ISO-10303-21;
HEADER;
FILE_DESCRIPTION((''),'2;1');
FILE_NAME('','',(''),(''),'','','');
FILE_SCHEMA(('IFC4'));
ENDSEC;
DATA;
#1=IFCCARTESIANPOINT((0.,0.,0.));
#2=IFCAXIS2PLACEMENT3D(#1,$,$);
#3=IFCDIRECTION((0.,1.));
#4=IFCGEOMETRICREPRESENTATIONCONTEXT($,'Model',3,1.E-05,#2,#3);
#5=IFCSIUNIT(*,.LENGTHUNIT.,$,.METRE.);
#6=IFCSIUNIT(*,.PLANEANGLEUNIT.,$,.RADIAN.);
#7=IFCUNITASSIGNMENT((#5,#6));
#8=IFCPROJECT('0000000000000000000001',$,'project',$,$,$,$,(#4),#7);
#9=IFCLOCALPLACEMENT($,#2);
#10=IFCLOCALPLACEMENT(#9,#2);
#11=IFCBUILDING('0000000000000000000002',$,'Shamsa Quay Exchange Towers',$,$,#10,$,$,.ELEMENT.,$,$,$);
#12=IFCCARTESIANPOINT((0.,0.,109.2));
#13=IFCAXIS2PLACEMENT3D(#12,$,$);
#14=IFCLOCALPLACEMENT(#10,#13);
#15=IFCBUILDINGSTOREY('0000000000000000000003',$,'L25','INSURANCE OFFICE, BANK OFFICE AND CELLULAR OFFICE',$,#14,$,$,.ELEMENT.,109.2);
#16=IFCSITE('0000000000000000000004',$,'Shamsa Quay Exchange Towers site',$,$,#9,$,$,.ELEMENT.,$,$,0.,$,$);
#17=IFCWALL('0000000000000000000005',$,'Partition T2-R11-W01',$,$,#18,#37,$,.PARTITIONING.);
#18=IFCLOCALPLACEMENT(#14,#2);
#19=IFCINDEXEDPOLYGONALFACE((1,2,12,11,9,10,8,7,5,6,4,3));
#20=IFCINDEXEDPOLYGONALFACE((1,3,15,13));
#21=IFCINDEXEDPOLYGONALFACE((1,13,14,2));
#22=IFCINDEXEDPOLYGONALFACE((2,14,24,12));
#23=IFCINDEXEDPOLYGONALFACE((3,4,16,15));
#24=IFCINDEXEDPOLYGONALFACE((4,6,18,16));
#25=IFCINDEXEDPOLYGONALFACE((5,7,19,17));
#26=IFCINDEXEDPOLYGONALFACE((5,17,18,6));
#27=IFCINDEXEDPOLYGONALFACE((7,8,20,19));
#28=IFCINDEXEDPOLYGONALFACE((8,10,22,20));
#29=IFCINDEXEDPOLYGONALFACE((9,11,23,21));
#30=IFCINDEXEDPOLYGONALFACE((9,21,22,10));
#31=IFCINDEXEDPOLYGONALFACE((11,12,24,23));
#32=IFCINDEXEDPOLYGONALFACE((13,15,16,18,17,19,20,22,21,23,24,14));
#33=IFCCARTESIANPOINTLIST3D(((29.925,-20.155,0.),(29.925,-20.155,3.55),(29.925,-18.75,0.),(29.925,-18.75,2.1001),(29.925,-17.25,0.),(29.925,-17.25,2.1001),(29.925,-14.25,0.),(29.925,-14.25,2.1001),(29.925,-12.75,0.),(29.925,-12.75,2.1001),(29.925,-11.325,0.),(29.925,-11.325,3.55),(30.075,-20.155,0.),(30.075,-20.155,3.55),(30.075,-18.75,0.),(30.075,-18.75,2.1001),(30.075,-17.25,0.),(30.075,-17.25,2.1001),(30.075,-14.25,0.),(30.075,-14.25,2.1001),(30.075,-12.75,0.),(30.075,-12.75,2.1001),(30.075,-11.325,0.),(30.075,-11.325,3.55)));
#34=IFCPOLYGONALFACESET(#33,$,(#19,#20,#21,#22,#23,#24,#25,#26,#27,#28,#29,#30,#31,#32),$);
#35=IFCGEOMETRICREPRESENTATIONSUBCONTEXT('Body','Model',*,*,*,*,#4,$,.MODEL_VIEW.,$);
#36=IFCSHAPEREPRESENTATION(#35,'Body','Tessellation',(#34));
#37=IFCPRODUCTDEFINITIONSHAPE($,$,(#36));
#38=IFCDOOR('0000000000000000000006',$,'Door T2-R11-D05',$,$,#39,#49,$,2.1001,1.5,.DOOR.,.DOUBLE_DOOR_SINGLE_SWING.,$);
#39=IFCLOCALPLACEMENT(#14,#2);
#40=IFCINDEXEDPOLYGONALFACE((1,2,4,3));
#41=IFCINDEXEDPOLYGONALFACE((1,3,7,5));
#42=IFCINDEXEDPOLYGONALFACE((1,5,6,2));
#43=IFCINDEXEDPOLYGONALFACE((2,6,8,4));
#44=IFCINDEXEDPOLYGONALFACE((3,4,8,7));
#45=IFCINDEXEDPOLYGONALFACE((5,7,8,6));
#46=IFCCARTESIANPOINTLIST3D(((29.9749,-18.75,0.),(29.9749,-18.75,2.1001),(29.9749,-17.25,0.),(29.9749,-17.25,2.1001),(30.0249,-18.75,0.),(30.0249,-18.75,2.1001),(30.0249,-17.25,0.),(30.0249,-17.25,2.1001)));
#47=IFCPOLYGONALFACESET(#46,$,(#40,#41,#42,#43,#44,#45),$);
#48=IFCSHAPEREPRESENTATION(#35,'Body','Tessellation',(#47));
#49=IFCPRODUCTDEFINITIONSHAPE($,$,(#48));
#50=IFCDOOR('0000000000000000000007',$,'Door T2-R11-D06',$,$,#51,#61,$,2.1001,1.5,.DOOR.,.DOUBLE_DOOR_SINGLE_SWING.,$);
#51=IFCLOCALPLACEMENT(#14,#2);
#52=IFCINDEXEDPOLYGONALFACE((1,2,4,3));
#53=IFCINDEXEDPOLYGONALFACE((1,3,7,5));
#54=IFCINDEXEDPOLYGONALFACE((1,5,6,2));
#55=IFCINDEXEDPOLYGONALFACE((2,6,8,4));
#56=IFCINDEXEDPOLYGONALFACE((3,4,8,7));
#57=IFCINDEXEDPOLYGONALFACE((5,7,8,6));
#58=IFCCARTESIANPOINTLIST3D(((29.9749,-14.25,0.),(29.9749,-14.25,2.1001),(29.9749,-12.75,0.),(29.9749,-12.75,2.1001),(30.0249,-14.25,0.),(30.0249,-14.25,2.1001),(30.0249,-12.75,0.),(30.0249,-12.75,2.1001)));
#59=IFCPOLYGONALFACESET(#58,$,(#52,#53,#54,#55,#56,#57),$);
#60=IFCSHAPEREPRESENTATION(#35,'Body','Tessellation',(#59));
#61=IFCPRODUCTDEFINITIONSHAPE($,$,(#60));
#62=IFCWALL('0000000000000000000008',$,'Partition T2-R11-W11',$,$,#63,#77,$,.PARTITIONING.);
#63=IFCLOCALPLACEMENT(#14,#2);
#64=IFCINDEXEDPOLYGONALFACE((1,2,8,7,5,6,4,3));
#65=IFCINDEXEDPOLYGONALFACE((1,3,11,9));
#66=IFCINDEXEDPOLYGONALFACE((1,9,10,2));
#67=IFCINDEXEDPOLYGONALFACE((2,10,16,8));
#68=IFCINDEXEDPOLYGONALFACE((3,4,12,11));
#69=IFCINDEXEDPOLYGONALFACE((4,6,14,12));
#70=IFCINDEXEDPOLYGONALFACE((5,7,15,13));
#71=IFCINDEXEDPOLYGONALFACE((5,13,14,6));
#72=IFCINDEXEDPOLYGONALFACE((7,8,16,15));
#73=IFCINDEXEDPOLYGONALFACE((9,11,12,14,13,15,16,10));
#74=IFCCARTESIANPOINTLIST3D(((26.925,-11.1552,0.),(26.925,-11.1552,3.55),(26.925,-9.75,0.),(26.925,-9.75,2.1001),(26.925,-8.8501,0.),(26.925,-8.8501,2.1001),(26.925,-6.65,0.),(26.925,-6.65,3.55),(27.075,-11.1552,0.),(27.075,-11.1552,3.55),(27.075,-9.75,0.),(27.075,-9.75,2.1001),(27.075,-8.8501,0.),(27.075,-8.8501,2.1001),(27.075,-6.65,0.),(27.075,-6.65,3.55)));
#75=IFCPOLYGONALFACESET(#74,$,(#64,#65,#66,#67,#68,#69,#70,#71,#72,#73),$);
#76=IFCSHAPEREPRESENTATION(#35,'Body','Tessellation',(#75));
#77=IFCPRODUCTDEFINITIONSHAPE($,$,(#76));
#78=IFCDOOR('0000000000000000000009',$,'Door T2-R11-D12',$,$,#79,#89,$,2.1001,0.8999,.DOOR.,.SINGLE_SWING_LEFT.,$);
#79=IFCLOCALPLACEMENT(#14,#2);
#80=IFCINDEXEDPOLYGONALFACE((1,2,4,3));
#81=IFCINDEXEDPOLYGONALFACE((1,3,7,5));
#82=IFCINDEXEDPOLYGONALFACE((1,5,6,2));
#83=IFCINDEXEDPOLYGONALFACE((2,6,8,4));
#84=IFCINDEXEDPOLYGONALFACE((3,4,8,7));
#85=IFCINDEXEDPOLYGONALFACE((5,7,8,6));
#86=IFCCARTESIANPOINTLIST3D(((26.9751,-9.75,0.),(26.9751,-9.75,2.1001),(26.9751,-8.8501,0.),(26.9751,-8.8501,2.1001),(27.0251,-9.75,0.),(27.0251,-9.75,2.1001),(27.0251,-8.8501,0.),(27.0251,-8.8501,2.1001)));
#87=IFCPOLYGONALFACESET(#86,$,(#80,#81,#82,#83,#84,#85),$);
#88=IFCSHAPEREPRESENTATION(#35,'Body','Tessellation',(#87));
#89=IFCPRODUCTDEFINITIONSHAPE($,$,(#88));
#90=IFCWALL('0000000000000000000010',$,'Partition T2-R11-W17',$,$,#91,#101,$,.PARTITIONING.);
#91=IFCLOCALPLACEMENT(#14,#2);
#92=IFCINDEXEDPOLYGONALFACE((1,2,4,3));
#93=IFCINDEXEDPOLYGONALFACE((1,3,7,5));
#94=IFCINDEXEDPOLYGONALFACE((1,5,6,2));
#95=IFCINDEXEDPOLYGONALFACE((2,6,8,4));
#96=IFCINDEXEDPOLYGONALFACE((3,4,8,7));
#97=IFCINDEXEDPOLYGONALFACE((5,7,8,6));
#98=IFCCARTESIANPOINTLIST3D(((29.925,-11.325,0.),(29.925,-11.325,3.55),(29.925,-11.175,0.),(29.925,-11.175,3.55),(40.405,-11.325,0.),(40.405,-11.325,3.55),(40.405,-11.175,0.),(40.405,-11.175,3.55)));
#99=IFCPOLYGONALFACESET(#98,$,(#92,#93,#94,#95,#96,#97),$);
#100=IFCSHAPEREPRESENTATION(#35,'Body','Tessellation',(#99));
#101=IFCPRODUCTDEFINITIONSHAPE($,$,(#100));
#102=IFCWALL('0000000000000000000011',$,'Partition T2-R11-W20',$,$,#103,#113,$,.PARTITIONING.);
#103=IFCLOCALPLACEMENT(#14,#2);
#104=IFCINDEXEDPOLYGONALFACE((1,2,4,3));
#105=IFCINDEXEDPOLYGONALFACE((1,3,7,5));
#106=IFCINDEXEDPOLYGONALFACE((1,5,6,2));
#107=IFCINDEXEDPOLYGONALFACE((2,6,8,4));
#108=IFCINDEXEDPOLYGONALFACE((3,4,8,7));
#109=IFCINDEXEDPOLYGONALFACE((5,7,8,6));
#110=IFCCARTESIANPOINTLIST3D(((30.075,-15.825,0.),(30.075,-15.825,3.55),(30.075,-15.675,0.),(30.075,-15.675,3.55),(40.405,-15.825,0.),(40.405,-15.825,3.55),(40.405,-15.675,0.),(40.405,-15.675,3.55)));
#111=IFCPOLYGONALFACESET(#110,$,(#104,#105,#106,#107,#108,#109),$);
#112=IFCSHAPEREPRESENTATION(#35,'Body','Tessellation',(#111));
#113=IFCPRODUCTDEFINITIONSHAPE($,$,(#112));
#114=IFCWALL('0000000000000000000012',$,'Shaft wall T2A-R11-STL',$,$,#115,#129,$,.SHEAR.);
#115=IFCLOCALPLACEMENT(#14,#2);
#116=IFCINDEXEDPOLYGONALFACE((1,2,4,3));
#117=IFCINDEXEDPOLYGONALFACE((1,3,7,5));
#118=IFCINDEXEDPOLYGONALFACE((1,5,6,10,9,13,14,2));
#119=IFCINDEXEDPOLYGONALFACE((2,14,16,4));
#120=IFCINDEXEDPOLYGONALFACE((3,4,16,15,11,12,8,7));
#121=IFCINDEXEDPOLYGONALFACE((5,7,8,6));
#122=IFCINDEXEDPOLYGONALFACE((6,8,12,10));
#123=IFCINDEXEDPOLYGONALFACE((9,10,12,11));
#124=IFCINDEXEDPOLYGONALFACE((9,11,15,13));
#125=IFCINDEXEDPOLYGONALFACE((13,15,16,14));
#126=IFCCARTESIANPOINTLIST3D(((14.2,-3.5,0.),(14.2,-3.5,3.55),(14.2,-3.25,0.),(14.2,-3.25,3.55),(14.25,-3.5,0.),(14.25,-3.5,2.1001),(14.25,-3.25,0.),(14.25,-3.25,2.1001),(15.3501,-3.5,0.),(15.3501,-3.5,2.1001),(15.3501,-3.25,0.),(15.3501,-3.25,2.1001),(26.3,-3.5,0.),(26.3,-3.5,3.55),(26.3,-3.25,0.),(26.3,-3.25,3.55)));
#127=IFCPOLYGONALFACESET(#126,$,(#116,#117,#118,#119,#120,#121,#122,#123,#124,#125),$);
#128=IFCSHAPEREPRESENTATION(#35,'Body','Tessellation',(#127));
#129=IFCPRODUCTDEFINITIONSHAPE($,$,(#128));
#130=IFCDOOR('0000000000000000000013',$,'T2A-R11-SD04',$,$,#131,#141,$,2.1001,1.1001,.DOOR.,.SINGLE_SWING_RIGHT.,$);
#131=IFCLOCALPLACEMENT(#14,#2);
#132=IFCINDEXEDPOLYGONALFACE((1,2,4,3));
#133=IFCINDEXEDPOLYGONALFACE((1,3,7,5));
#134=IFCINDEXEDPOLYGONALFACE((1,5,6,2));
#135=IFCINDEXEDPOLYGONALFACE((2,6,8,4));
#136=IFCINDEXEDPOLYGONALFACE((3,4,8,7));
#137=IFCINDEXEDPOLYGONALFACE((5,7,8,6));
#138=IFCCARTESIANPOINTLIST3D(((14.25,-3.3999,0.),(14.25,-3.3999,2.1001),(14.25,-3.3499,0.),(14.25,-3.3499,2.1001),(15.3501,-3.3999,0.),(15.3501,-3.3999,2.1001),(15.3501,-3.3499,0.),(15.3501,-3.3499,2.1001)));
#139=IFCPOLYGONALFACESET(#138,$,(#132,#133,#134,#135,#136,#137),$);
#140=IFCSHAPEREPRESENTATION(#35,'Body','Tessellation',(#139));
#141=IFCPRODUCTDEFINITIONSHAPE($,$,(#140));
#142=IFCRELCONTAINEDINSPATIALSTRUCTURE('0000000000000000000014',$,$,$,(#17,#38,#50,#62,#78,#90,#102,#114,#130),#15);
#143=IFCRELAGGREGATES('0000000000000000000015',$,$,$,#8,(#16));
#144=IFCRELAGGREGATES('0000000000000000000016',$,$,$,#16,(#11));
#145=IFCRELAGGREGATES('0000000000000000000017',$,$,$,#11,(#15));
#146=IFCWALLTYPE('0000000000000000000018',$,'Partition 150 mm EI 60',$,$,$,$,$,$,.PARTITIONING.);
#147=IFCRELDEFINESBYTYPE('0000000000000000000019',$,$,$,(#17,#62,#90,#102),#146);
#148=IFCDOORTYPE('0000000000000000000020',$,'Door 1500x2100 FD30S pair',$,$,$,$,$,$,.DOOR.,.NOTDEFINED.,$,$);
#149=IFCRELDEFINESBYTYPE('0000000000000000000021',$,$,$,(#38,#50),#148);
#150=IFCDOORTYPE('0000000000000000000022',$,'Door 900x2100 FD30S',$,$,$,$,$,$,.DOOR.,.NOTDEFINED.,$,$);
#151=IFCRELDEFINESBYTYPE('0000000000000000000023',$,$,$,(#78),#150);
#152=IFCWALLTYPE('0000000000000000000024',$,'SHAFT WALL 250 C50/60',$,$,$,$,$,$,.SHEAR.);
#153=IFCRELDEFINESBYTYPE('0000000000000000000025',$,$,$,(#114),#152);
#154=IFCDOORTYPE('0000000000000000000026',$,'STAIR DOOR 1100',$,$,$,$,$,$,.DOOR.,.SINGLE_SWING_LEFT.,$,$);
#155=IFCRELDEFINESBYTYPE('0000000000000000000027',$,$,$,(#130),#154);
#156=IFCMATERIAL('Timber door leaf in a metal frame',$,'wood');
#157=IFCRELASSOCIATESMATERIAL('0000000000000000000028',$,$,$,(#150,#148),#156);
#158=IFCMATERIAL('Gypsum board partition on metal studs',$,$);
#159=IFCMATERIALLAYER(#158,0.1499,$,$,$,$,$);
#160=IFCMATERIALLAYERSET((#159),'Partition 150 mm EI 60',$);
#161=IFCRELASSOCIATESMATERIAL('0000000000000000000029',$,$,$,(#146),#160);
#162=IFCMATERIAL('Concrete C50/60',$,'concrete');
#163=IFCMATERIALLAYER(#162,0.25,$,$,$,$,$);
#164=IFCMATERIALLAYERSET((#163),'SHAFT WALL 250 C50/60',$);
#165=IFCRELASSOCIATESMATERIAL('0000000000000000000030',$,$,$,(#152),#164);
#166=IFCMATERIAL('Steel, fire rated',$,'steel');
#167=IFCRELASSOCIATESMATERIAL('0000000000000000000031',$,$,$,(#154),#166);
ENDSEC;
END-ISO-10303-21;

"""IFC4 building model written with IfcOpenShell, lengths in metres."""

from ifc_helpers import new_model, si_unit, direction, frame, frame_2d, origin, place, context, subcontext, project, spatial, rectangle, extrude, material, layer, layer_set, type_object, element, fill, save


model = new_model("IFC4")

# Units and contexts
model_context = context("Model", 3, precision=1e-05, world=origin(), true_north=direction((0.0, 1.0)))
body_context = subcontext(model_context, "Body", "Model", "MODEL_VIEW")
ifc_project = project(units=[si_unit("LENGTHUNIT", "METRE"), si_unit("PLANEANGLEUNIT", "RADIAN")], contexts=[model_context])

# Site, building, storey
site_placement = place(None, origin())
site = spatial("IfcSite", under=ifc_project, at=site_placement, Name="Shamsa Quay Exchange Towers site", CompositionType="ELEMENT", RefElevation=0.0)
building_placement = place(site_placement, origin())
building = spatial("IfcBuilding", under=site, at=building_placement, Name="Shamsa Quay Exchange Towers", CompositionType="ELEMENT")
storey_placement = place(building_placement, frame((0.0, 0.0, 109.2)))
storey = spatial("IfcBuildingStorey", under=building, at=storey_placement, Name="L25", Description="INSURANCE OFFICE, BANK OFFICE AND CELLULAR OFFICE", CompositionType="ELEMENT", Elevation=109.2)

# Shared definitions
ifc_material_1 = material(Name="Timber door leaf in a metal frame", Category="wood")
door_type_1 = type_object("IfcDoorType", Name="Door 900x2100 FD30S", OperationType="NOTDEFINED", PredefinedType="DOOR", material=ifc_material_1)

# Wall, openings, doors
ifc_material_2 = material(Name="Gypsum board partition on metal studs")
ifc_layer_1 = layer(ifc_material_2, 0.1499)
ifc_layer_set_1 = layer_set([ifc_layer_1], Name="Partition 150 mm EI 60")
wall_type_1 = type_object("IfcWallType", Name="Partition 150 mm EI 60", PredefinedType="PARTITIONING", material=ifc_layer_set_1)
wall_1_placement = place(storey_placement, frame((30.0, -11.325, 0.0), z_axis=(0.0, 0.0, 1.0), x_axis=(0.0, -1.0, 0.0)))
wall_1 = element("IfcWall", 1, at=wall_1_placement, inside=storey, type_object=wall_type_1, Name="Partition T2-R11-W01", PredefinedType="PARTITIONING", context=body_context, shape_type="SweptSolid", body=[
    extrude(rectangle(XDim=8.8301, YDim=0.1499, at=frame_2d((4.415, 0.0))), origin(), (0.0, 0.0, 1.0), 3.55),
])
opening_1_placement = place(wall_1_placement, frame((5.925, 0.0, 0.0)))
opening_1 = element("IfcOpeningElement", 2, at=opening_1_placement, cuts=wall_1, PredefinedType="OPENING", context=body_context, shape_type="SweptSolid", body=[
    extrude(rectangle(XDim=1.5, YDim=2.1001, at=frame_2d((0.75, 1.05))), frame((0.0, 0.085, 0.0), z_axis=(0.0, -1.0, 0.0), x_axis=(1.0, 0.0, 0.0)), (0.0, 0.0, 1.0), 0.1699),
])
opening_2_placement = place(wall_1_placement, frame((1.425, 0.0, 0.0)))
opening_2 = element("IfcOpeningElement", 3, at=opening_2_placement, cuts=wall_1, PredefinedType="OPENING", context=body_context, shape_type="SweptSolid", body=[
    extrude(rectangle(XDim=1.5, YDim=2.1001, at=frame_2d((0.75, 1.05))), frame((0.0, 0.085, 0.0), z_axis=(0.0, -1.0, 0.0), x_axis=(1.0, 0.0, 0.0)), (0.0, 0.0, 1.0), 0.1699),
])
door_type_2 = type_object("IfcDoorType", Name="Door 1500x2100 FD30S pair", OperationType="NOTDEFINED", PredefinedType="DOOR", material=ifc_material_1)
door_1_placement = place(opening_1_placement, origin())
door_1 = element("IfcDoor", 4, at=door_1_placement, inside=storey, type_object=door_type_2, Name="Door T2-R11-D05", OperationType="DOUBLE_DOOR_SINGLE_SWING", OverallHeight=2.1001, OverallWidth=1.5, PredefinedType="DOOR", context=body_context, shape_type="SweptSolid", body=[
    extrude(rectangle(XDim=1.5, YDim=2.1001, at=frame_2d((0.75, 1.05))), frame((0.0, 0.0249, 0.0), z_axis=(0.0, -1.0, 0.0), x_axis=(1.0, 0.0, 0.0)), (0.0, 0.0, 1.0), 0.05),
])
fill(opening_1, door_1)
door_2_placement = place(opening_2_placement, origin())
door_2 = element("IfcDoor", 5, at=door_2_placement, inside=storey, type_object=door_type_2, Name="Door T2-R11-D06", OperationType="DOUBLE_DOOR_SINGLE_SWING", OverallHeight=2.1001, OverallWidth=1.5, PredefinedType="DOOR", context=body_context, shape_type="SweptSolid", body=[
    extrude(rectangle(XDim=1.5, YDim=2.1001, at=frame_2d((0.75, 1.05))), frame((0.0, 0.0249, 0.0), z_axis=(0.0, -1.0, 0.0), x_axis=(1.0, 0.0, 0.0)), (0.0, 0.0, 1.0), 0.05),
])
fill(opening_2, door_2)

# Wall, opening, door
wall_2_placement = place(storey_placement, frame((27.0, -11.155, 0.0), z_axis=(0.0, 0.0, 1.0), x_axis=(0.0, 1.0, 0.0)))
wall_2 = element("IfcWall", 6, at=wall_2_placement, inside=storey, type_object=wall_type_1, Name="Partition T2-R11-W11", PredefinedType="PARTITIONING", context=body_context, shape_type="SweptSolid", body=[
    extrude(rectangle(XDim=4.5051, YDim=0.1499, at=frame_2d((2.2524, 0.0))), origin(), (0.0, 0.0, 1.0), 3.55),
])
opening_3_placement = place(wall_2_placement, frame((1.405, 0.0, 0.0)))
opening_3 = element("IfcOpeningElement", 7, at=opening_3_placement, cuts=wall_2, PredefinedType="OPENING", context=body_context, shape_type="SweptSolid", body=[
    extrude(rectangle(XDim=0.8999, YDim=2.1001, at=frame_2d((0.45, 1.05))), frame((0.0, 0.085, 0.0), z_axis=(0.0, -1.0, 0.0), x_axis=(1.0, 0.0, 0.0)), (0.0, 0.0, 1.0), 0.1699),
])
door_3_placement = place(opening_3_placement, origin())
door_3 = element("IfcDoor", 8, at=door_3_placement, inside=storey, type_object=door_type_1, Name="Door T2-R11-D12", OperationType="SINGLE_SWING_LEFT", OverallHeight=2.1001, OverallWidth=0.8999, PredefinedType="DOOR", context=body_context, shape_type="SweptSolid", body=[
    extrude(rectangle(XDim=0.8999, YDim=2.1001, at=frame_2d((0.45, 1.05))), frame((0.0, 0.0249, 0.0), z_axis=(0.0, -1.0, 0.0), x_axis=(1.0, 0.0, 0.0)), (0.0, 0.0, 1.0), 0.05),
])
fill(opening_3, door_3)

# Walls
wall_3_placement = place(storey_placement, frame((29.925, -11.25, 0.0)))
element("IfcWall", 9, at=wall_3_placement, inside=storey, type_object=wall_type_1, Name="Partition T2-R11-W17", PredefinedType="PARTITIONING", context=body_context, shape_type="SweptSolid", body=[
    extrude(rectangle(XDim=10.48, YDim=0.1499, at=frame_2d((5.24, 0.0))), origin(), (0.0, 0.0, 1.0), 3.55),
])
wall_4_placement = place(storey_placement, frame((30.075, -15.75, 0.0)))
element("IfcWall", 10, at=wall_4_placement, inside=storey, type_object=wall_type_1, Name="Partition T2-R11-W20", PredefinedType="PARTITIONING", context=body_context, shape_type="SweptSolid", body=[
    extrude(rectangle(XDim=10.3301, YDim=0.1499, at=frame_2d((5.165, 0.0))), origin(), (0.0, 0.0, 1.0), 3.55),
])

# Wall, opening, door
ifc_material_3 = material(Name="Concrete C50/60", Category="concrete")
ifc_layer_2 = layer(ifc_material_3, 0.25)
ifc_layer_set_2 = layer_set([ifc_layer_2], Name="SHAFT WALL 250 C50/60")
wall_type_2 = type_object("IfcWallType", Name="SHAFT WALL 250 C50/60", PredefinedType="SHEAR", material=ifc_layer_set_2)
wall_5_placement = place(storey_placement, frame((26.3, -3.375, 0.0), z_axis=(0.0, 0.0, 1.0), x_axis=(-1.0, 0.0, 0.0)))
wall_5 = element("IfcWall", 11, at=wall_5_placement, inside=storey, type_object=wall_type_2, Name="Shaft wall T2A-R11-STL", PredefinedType="SHEAR", context=body_context, shape_type="SweptSolid", body=[
    extrude(rectangle(XDim=12.1001, YDim=0.25, at=frame_2d((6.05, 0.0))), origin(), (0.0, 0.0, 1.0), 3.55),
])
opening_4_placement = place(wall_5_placement, frame((10.95, 0.0, 0.0)))
opening_4 = element("IfcOpeningElement", 12, at=opening_4_placement, cuts=wall_5, PredefinedType="OPENING", context=body_context, shape_type="SweptSolid", body=[
    extrude(rectangle(XDim=1.1001, YDim=2.1001, at=frame_2d((0.55, 1.05))), frame((0.0, 0.135, 0.0), z_axis=(0.0, -1.0, 0.0), x_axis=(1.0, 0.0, 0.0)), (0.0, 0.0, 1.0), 0.27),
])
ifc_material_4 = material(Name="Steel, fire rated", Category="steel")
door_type_3 = type_object("IfcDoorType", Name="STAIR DOOR 1100", OperationType="SINGLE_SWING_LEFT", PredefinedType="DOOR", material=ifc_material_4)
door_4_placement = place(opening_4_placement, origin())
door_4 = element("IfcDoor", 13, at=door_4_placement, inside=storey, type_object=door_type_3, Name="T2A-R11-SD04", OperationType="SINGLE_SWING_RIGHT", OverallHeight=2.1001, OverallWidth=1.1001, PredefinedType="DOOR", context=body_context, shape_type="SweptSolid", body=[
    extrude(rectangle(XDim=1.1001, YDim=2.1001, at=frame_2d((0.55, 1.05))), frame((0.0, 0.0249, 0.0), z_axis=(0.0, -1.0, 0.0), x_axis=(1.0, 0.0, 0.0)), (0.0, 0.0, 1.0), 0.05),
])
fill(opening_4, door_4)

save(model, "model.ifc")
